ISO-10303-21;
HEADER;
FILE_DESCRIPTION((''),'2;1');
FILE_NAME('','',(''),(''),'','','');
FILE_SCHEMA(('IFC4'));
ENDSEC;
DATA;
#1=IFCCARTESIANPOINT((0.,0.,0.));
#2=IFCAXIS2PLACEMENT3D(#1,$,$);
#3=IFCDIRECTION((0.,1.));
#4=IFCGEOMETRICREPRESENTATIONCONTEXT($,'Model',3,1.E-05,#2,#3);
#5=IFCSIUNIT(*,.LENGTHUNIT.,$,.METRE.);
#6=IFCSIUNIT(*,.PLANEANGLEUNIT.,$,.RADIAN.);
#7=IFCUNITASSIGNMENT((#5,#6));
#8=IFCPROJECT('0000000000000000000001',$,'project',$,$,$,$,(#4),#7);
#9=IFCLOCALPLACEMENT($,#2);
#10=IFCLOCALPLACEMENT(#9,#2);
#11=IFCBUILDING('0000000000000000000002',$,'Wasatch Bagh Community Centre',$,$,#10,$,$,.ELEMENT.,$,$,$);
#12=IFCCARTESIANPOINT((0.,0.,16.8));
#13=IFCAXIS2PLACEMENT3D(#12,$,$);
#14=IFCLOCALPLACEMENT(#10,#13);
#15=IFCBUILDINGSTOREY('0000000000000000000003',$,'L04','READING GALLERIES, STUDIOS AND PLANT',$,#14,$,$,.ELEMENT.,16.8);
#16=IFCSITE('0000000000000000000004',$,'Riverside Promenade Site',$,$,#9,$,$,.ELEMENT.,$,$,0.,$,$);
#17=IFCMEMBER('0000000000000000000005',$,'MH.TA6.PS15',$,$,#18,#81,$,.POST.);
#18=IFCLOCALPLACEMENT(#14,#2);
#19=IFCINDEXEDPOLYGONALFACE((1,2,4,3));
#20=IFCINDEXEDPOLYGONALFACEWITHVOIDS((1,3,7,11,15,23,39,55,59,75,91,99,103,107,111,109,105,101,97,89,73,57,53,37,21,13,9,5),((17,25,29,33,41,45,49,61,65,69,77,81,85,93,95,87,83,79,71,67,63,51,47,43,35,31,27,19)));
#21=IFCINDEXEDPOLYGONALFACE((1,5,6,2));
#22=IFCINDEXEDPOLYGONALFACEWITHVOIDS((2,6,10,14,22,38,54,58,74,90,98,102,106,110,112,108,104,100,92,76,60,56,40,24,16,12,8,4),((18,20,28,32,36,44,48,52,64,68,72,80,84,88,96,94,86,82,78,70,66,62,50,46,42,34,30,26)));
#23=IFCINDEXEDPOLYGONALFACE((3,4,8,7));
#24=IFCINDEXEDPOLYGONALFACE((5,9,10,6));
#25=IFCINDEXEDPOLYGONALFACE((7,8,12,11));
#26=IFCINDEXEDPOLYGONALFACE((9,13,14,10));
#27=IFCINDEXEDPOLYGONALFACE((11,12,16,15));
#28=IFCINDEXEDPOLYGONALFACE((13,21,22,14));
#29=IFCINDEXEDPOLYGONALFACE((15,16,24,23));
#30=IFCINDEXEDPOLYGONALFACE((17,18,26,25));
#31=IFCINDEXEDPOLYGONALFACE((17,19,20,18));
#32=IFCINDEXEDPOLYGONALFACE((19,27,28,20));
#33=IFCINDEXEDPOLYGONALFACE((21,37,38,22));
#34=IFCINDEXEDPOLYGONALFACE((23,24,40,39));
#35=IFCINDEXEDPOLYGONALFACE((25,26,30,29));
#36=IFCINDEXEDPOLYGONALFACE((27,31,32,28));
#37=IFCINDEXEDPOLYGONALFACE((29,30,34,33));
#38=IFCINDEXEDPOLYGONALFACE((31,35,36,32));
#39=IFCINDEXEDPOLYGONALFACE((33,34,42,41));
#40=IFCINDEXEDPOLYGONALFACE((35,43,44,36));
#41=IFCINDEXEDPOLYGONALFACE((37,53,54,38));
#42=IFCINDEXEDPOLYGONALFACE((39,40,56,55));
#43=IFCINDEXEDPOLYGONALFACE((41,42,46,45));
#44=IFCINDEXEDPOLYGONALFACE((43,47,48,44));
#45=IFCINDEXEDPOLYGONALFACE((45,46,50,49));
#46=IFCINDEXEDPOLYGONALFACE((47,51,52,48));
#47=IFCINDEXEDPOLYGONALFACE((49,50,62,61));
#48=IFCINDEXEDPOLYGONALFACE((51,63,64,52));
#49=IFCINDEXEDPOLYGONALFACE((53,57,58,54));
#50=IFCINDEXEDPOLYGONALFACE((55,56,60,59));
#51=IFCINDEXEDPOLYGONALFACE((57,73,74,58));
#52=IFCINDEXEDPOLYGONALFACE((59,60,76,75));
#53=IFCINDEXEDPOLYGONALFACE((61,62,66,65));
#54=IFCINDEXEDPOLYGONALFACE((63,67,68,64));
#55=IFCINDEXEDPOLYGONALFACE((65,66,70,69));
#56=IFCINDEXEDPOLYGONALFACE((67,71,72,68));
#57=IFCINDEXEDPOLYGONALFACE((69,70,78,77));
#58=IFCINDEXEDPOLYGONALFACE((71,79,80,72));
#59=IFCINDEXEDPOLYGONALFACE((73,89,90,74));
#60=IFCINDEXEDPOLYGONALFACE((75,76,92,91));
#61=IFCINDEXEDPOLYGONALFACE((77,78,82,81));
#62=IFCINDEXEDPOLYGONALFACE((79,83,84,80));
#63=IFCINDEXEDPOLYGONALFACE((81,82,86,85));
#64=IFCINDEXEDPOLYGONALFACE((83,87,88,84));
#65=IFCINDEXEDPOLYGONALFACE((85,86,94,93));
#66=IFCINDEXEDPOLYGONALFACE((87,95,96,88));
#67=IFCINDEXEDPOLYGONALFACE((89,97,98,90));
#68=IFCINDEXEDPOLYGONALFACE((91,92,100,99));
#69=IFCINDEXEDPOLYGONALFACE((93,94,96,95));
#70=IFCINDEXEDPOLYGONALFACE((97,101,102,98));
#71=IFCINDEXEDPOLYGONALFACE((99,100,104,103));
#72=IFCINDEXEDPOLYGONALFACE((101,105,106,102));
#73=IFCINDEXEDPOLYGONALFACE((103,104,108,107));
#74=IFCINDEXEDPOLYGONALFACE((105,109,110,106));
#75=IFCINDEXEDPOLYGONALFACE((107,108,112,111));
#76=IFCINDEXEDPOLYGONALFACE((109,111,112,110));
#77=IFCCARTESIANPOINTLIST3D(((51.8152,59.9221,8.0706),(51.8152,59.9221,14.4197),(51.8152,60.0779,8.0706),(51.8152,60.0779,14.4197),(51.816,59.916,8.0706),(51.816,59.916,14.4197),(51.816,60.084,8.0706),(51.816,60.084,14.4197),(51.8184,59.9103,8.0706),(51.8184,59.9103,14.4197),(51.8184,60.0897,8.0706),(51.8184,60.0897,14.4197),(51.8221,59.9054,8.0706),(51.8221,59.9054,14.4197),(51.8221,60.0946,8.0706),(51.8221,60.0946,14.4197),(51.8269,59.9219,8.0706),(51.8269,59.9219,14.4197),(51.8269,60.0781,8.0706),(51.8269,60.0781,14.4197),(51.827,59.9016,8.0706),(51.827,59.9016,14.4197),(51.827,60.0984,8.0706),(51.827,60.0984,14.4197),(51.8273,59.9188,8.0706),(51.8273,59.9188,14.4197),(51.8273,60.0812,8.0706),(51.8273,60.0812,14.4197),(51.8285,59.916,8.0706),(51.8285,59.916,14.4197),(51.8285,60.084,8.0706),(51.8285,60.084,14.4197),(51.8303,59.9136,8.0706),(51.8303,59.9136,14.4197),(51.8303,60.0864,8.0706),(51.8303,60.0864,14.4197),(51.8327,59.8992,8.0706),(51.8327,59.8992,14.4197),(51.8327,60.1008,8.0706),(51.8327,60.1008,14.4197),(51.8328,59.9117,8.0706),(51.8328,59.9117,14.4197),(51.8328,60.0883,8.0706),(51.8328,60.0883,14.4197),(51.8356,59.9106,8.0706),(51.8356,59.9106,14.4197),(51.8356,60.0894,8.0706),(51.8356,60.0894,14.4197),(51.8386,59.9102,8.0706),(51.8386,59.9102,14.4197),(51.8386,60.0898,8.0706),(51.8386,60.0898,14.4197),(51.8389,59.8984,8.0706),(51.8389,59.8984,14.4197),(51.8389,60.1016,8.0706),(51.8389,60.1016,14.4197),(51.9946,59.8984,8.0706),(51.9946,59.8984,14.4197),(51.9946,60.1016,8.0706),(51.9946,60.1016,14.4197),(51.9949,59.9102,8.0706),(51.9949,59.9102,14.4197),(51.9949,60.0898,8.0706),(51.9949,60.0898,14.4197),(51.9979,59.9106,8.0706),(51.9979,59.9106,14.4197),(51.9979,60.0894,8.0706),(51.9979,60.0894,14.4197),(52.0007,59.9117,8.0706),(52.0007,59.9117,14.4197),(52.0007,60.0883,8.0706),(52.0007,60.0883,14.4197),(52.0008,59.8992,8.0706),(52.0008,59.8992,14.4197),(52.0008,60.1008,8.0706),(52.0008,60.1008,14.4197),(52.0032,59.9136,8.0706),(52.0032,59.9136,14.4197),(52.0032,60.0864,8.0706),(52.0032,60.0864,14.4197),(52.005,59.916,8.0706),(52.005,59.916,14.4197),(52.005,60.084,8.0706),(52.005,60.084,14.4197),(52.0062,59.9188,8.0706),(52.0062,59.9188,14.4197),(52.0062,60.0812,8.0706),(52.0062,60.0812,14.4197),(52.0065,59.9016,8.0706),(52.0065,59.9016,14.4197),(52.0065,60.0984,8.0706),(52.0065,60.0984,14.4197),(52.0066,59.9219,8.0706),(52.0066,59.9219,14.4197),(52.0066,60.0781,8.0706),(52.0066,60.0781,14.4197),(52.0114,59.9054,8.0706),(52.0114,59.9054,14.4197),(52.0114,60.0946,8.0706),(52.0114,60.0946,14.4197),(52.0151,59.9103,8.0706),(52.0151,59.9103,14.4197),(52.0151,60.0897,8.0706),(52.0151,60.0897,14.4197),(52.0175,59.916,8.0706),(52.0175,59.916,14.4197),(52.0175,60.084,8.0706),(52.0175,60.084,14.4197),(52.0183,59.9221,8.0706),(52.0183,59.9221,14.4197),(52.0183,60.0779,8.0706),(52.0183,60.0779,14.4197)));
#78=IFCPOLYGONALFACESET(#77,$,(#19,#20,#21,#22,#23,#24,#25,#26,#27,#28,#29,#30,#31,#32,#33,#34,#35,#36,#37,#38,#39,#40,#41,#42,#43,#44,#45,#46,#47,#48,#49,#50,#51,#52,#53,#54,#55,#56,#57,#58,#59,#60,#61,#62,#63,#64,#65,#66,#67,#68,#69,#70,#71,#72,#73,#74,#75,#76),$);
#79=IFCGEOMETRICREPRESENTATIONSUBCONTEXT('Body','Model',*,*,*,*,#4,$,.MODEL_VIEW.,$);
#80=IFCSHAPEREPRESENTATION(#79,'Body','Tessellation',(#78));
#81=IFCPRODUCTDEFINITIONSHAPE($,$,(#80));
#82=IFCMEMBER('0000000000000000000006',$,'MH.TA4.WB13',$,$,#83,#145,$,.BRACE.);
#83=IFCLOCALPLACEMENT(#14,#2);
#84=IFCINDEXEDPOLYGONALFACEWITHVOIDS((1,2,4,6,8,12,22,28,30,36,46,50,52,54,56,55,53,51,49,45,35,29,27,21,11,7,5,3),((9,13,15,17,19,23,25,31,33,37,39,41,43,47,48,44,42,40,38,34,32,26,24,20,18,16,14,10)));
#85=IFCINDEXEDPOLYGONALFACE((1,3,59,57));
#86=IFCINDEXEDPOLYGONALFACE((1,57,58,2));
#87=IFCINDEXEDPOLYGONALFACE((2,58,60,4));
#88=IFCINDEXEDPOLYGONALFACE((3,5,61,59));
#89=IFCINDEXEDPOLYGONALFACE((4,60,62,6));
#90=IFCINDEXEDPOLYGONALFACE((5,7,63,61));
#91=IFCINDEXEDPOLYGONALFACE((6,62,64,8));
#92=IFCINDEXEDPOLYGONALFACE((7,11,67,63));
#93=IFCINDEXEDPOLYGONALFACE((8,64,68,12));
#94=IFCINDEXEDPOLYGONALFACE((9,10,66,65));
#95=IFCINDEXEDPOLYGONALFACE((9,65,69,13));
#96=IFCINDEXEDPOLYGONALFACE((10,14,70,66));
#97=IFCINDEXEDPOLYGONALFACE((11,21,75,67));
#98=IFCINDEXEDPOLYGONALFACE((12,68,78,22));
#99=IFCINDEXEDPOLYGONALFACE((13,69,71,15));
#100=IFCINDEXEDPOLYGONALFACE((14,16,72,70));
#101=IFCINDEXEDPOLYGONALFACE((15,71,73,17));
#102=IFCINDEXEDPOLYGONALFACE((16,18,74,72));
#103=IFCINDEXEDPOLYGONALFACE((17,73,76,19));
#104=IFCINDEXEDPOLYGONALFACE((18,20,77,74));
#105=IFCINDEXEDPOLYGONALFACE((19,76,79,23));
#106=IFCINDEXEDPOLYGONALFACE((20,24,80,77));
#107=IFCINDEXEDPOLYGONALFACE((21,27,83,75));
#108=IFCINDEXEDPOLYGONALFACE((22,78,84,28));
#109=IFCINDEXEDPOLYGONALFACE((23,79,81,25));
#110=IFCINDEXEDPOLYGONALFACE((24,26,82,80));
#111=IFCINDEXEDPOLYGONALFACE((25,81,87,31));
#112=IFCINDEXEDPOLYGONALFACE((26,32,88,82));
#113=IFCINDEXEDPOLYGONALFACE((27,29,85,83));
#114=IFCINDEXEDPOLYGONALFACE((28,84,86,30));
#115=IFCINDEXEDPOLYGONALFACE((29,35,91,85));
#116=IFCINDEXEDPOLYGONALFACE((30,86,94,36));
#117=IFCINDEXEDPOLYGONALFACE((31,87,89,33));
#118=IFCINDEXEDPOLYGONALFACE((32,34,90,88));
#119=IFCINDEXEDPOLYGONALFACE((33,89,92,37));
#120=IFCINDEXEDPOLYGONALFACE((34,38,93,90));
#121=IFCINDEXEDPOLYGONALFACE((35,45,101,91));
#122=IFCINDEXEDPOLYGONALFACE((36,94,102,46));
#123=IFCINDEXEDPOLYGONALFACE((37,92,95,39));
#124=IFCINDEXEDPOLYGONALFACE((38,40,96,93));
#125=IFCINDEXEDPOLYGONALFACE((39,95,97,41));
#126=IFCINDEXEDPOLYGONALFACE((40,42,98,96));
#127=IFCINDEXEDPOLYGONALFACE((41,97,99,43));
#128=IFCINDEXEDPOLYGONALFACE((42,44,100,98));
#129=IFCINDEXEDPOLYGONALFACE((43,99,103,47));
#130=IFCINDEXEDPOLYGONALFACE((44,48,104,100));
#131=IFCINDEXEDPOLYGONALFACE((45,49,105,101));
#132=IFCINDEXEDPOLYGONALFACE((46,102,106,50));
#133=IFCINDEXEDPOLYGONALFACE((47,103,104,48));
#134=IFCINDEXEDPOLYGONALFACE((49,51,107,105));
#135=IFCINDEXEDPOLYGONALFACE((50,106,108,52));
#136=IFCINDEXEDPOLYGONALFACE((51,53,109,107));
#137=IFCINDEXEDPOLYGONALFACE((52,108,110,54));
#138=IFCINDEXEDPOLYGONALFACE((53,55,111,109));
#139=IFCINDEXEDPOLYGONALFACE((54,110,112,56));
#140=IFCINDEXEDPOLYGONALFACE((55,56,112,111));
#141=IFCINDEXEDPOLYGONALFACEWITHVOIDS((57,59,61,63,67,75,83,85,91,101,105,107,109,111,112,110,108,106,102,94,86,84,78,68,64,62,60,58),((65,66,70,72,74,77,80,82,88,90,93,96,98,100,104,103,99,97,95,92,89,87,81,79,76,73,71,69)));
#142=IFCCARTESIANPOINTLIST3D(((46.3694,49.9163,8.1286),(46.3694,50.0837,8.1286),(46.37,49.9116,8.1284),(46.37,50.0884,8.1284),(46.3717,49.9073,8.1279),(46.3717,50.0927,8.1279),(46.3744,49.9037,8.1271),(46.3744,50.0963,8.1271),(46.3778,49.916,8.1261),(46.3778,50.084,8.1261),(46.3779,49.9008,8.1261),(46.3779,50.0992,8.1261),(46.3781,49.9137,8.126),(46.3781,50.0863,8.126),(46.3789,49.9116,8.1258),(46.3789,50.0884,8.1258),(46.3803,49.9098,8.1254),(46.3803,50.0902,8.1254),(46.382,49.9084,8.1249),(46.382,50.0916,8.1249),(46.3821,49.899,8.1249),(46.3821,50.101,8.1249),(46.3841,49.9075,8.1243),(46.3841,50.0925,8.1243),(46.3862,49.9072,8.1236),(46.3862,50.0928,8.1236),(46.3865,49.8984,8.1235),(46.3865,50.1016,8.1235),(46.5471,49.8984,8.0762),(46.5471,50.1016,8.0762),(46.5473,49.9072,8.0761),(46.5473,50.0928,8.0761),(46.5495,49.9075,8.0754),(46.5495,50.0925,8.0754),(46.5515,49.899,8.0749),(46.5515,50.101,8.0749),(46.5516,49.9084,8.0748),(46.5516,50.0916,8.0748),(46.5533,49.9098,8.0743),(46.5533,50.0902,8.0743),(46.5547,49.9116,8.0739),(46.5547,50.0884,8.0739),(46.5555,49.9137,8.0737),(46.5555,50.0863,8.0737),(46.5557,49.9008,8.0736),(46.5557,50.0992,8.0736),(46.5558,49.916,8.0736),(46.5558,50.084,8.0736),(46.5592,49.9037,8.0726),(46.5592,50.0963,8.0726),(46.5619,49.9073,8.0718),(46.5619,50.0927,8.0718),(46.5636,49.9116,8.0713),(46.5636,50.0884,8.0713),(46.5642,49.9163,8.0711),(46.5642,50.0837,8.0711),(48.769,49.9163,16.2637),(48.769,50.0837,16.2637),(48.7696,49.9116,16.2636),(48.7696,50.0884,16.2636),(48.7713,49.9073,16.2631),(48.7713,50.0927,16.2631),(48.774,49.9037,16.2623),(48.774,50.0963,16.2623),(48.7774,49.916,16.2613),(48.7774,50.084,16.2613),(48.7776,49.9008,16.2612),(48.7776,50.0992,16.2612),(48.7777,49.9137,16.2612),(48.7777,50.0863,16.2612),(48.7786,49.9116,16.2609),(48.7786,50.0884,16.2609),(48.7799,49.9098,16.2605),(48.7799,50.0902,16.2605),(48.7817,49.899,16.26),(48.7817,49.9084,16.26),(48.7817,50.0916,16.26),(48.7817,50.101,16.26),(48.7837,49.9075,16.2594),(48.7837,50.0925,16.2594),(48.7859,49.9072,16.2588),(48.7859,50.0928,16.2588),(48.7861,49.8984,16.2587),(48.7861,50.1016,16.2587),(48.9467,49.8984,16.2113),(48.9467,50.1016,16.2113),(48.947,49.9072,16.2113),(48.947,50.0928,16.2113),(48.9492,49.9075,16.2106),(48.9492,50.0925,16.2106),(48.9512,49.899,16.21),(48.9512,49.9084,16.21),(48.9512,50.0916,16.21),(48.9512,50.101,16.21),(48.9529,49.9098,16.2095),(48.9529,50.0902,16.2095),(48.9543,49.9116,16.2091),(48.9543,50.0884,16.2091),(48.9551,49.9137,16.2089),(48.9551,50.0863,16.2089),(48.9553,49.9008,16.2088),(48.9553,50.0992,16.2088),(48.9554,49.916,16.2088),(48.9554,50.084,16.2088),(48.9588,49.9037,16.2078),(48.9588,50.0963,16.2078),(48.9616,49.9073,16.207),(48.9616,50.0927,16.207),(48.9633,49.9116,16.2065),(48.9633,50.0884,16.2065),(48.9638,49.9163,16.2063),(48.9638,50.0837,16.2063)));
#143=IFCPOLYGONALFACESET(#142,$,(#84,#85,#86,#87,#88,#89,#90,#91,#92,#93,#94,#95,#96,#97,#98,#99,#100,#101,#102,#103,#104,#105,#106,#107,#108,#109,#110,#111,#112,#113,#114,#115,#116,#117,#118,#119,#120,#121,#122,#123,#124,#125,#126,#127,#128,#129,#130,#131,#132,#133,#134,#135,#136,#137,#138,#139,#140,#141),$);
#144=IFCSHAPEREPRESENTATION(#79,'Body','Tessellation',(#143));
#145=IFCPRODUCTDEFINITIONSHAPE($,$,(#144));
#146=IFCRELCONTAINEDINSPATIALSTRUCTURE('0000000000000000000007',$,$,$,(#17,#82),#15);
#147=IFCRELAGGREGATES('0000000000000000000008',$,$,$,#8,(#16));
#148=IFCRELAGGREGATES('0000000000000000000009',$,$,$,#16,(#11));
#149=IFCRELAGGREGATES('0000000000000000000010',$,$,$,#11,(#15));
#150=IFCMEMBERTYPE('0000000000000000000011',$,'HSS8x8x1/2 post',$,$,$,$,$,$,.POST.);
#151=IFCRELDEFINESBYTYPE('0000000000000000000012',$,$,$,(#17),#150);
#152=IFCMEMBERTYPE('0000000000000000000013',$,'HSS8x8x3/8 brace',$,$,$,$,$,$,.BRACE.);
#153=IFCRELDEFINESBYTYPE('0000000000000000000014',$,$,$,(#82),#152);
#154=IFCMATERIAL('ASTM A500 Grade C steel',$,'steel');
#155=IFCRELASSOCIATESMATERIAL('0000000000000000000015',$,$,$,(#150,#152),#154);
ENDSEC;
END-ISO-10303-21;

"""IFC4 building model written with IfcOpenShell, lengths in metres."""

from ifc_helpers import new_model, si_unit, direction, frame, origin, origin_2d, place, context, subcontext, project, spatial, hollow_rectangle, extrude, material, material_profile, profile_set, type_object, element, save


model = new_model("IFC4")

# Units and contexts
model_context = context("Model", 3, precision=1e-05, world=origin(), true_north=direction((0.0, 1.0)))
body_context = subcontext(model_context, "Body", "Model", "MODEL_VIEW")
ifc_project = project(units=[si_unit("LENGTHUNIT", "METRE"), si_unit("PLANEANGLEUNIT", "RADIAN")], contexts=[model_context])

# Site, building, storey
site_placement = place(None, origin())
site = spatial("IfcSite", under=ifc_project, at=site_placement, Name="Riverside Promenade Site", CompositionType="ELEMENT", RefElevation=0.0)
building_placement = place(site_placement, origin())
building = spatial("IfcBuilding", under=site, at=building_placement, Name="Wasatch Bagh Community Centre", CompositionType="ELEMENT")
storey_placement = place(building_placement, frame((0.0, 0.0, 16.8)))
storey = spatial("IfcBuildingStorey", under=building, at=storey_placement, Name="L04", Description="READING GALLERIES, STUDIOS AND PLANT", CompositionType="ELEMENT", Elevation=16.8)

# Members
ifc_material_1 = material(Name="ASTM A500 Grade C steel", Category="steel")
ifc_material_profile_1 = material_profile(ifc_material_1, hollow_rectangle(XDim=0.2031, YDim=0.2031, WallThickness=0.0117, InnerFilletRadius=0.0117, OuterFilletRadius=0.0237, at=origin_2d()), Name="HSS8x8x1/2")
ifc_profile_set_1 = profile_set([ifc_material_profile_1], Name="ASTM A500 Grade C steel")
member_type_1 = type_object("IfcMemberType", Name="HSS8x8x1/2 post", PredefinedType="POST", material=ifc_profile_set_1)
member_1_placement = place(storey_placement, frame((51.9167, 60.0, 8.0706), z_axis=(0.0, 0.0, 1.0), x_axis=(1.0, 0.0, 0.0)))
element("IfcMember", 1, at=member_1_placement, inside=storey, type_object=member_type_1, Name="MH.TA6.PS15", PredefinedType="POST", context=body_context, shape_type="SweptSolid", body=[
    extrude(hollow_rectangle(XDim=0.2031, YDim=0.2031, WallThickness=0.0117, InnerFilletRadius=0.0117, OuterFilletRadius=0.0237, at=origin_2d()), origin(), (0.0, 0.0, 1.0), 6.3491),
])
ifc_material_profile_2 = material_profile(ifc_material_1, hollow_rectangle(XDim=0.2031, YDim=0.2031, WallThickness=0.0088, InnerFilletRadius=0.0088, OuterFilletRadius=0.0178, at=origin_2d()), Name="HSS8x8x3/8")
ifc_profile_set_2 = profile_set([ifc_material_profile_2], Name="ASTM A500 Grade C steel")
member_type_2 = type_object("IfcMemberType", Name="HSS8x8x3/8 brace", PredefinedType="BRACE", material=ifc_profile_set_2)
member_2_placement = place(storey_placement, frame((46.4668, 50.0, 8.0999), z_axis=(0.282919, 0.0, 0.959144), x_axis=(0.0, 1.0, 0.0)))
element("IfcMember", 2, at=member_2_placement, inside=storey, type_object=member_type_2, Name="MH.TA4.WB13", PredefinedType="BRACE", context=body_context, shape_type="SweptSolid", body=[
    extrude(hollow_rectangle(XDim=0.2031, YDim=0.2031, WallThickness=0.0088, InnerFilletRadius=0.0088, OuterFilletRadius=0.0178, at=origin_2d()), origin(), (0.0, 0.0, 1.0), 8.4817),
])

save(model, "model.ifc")
